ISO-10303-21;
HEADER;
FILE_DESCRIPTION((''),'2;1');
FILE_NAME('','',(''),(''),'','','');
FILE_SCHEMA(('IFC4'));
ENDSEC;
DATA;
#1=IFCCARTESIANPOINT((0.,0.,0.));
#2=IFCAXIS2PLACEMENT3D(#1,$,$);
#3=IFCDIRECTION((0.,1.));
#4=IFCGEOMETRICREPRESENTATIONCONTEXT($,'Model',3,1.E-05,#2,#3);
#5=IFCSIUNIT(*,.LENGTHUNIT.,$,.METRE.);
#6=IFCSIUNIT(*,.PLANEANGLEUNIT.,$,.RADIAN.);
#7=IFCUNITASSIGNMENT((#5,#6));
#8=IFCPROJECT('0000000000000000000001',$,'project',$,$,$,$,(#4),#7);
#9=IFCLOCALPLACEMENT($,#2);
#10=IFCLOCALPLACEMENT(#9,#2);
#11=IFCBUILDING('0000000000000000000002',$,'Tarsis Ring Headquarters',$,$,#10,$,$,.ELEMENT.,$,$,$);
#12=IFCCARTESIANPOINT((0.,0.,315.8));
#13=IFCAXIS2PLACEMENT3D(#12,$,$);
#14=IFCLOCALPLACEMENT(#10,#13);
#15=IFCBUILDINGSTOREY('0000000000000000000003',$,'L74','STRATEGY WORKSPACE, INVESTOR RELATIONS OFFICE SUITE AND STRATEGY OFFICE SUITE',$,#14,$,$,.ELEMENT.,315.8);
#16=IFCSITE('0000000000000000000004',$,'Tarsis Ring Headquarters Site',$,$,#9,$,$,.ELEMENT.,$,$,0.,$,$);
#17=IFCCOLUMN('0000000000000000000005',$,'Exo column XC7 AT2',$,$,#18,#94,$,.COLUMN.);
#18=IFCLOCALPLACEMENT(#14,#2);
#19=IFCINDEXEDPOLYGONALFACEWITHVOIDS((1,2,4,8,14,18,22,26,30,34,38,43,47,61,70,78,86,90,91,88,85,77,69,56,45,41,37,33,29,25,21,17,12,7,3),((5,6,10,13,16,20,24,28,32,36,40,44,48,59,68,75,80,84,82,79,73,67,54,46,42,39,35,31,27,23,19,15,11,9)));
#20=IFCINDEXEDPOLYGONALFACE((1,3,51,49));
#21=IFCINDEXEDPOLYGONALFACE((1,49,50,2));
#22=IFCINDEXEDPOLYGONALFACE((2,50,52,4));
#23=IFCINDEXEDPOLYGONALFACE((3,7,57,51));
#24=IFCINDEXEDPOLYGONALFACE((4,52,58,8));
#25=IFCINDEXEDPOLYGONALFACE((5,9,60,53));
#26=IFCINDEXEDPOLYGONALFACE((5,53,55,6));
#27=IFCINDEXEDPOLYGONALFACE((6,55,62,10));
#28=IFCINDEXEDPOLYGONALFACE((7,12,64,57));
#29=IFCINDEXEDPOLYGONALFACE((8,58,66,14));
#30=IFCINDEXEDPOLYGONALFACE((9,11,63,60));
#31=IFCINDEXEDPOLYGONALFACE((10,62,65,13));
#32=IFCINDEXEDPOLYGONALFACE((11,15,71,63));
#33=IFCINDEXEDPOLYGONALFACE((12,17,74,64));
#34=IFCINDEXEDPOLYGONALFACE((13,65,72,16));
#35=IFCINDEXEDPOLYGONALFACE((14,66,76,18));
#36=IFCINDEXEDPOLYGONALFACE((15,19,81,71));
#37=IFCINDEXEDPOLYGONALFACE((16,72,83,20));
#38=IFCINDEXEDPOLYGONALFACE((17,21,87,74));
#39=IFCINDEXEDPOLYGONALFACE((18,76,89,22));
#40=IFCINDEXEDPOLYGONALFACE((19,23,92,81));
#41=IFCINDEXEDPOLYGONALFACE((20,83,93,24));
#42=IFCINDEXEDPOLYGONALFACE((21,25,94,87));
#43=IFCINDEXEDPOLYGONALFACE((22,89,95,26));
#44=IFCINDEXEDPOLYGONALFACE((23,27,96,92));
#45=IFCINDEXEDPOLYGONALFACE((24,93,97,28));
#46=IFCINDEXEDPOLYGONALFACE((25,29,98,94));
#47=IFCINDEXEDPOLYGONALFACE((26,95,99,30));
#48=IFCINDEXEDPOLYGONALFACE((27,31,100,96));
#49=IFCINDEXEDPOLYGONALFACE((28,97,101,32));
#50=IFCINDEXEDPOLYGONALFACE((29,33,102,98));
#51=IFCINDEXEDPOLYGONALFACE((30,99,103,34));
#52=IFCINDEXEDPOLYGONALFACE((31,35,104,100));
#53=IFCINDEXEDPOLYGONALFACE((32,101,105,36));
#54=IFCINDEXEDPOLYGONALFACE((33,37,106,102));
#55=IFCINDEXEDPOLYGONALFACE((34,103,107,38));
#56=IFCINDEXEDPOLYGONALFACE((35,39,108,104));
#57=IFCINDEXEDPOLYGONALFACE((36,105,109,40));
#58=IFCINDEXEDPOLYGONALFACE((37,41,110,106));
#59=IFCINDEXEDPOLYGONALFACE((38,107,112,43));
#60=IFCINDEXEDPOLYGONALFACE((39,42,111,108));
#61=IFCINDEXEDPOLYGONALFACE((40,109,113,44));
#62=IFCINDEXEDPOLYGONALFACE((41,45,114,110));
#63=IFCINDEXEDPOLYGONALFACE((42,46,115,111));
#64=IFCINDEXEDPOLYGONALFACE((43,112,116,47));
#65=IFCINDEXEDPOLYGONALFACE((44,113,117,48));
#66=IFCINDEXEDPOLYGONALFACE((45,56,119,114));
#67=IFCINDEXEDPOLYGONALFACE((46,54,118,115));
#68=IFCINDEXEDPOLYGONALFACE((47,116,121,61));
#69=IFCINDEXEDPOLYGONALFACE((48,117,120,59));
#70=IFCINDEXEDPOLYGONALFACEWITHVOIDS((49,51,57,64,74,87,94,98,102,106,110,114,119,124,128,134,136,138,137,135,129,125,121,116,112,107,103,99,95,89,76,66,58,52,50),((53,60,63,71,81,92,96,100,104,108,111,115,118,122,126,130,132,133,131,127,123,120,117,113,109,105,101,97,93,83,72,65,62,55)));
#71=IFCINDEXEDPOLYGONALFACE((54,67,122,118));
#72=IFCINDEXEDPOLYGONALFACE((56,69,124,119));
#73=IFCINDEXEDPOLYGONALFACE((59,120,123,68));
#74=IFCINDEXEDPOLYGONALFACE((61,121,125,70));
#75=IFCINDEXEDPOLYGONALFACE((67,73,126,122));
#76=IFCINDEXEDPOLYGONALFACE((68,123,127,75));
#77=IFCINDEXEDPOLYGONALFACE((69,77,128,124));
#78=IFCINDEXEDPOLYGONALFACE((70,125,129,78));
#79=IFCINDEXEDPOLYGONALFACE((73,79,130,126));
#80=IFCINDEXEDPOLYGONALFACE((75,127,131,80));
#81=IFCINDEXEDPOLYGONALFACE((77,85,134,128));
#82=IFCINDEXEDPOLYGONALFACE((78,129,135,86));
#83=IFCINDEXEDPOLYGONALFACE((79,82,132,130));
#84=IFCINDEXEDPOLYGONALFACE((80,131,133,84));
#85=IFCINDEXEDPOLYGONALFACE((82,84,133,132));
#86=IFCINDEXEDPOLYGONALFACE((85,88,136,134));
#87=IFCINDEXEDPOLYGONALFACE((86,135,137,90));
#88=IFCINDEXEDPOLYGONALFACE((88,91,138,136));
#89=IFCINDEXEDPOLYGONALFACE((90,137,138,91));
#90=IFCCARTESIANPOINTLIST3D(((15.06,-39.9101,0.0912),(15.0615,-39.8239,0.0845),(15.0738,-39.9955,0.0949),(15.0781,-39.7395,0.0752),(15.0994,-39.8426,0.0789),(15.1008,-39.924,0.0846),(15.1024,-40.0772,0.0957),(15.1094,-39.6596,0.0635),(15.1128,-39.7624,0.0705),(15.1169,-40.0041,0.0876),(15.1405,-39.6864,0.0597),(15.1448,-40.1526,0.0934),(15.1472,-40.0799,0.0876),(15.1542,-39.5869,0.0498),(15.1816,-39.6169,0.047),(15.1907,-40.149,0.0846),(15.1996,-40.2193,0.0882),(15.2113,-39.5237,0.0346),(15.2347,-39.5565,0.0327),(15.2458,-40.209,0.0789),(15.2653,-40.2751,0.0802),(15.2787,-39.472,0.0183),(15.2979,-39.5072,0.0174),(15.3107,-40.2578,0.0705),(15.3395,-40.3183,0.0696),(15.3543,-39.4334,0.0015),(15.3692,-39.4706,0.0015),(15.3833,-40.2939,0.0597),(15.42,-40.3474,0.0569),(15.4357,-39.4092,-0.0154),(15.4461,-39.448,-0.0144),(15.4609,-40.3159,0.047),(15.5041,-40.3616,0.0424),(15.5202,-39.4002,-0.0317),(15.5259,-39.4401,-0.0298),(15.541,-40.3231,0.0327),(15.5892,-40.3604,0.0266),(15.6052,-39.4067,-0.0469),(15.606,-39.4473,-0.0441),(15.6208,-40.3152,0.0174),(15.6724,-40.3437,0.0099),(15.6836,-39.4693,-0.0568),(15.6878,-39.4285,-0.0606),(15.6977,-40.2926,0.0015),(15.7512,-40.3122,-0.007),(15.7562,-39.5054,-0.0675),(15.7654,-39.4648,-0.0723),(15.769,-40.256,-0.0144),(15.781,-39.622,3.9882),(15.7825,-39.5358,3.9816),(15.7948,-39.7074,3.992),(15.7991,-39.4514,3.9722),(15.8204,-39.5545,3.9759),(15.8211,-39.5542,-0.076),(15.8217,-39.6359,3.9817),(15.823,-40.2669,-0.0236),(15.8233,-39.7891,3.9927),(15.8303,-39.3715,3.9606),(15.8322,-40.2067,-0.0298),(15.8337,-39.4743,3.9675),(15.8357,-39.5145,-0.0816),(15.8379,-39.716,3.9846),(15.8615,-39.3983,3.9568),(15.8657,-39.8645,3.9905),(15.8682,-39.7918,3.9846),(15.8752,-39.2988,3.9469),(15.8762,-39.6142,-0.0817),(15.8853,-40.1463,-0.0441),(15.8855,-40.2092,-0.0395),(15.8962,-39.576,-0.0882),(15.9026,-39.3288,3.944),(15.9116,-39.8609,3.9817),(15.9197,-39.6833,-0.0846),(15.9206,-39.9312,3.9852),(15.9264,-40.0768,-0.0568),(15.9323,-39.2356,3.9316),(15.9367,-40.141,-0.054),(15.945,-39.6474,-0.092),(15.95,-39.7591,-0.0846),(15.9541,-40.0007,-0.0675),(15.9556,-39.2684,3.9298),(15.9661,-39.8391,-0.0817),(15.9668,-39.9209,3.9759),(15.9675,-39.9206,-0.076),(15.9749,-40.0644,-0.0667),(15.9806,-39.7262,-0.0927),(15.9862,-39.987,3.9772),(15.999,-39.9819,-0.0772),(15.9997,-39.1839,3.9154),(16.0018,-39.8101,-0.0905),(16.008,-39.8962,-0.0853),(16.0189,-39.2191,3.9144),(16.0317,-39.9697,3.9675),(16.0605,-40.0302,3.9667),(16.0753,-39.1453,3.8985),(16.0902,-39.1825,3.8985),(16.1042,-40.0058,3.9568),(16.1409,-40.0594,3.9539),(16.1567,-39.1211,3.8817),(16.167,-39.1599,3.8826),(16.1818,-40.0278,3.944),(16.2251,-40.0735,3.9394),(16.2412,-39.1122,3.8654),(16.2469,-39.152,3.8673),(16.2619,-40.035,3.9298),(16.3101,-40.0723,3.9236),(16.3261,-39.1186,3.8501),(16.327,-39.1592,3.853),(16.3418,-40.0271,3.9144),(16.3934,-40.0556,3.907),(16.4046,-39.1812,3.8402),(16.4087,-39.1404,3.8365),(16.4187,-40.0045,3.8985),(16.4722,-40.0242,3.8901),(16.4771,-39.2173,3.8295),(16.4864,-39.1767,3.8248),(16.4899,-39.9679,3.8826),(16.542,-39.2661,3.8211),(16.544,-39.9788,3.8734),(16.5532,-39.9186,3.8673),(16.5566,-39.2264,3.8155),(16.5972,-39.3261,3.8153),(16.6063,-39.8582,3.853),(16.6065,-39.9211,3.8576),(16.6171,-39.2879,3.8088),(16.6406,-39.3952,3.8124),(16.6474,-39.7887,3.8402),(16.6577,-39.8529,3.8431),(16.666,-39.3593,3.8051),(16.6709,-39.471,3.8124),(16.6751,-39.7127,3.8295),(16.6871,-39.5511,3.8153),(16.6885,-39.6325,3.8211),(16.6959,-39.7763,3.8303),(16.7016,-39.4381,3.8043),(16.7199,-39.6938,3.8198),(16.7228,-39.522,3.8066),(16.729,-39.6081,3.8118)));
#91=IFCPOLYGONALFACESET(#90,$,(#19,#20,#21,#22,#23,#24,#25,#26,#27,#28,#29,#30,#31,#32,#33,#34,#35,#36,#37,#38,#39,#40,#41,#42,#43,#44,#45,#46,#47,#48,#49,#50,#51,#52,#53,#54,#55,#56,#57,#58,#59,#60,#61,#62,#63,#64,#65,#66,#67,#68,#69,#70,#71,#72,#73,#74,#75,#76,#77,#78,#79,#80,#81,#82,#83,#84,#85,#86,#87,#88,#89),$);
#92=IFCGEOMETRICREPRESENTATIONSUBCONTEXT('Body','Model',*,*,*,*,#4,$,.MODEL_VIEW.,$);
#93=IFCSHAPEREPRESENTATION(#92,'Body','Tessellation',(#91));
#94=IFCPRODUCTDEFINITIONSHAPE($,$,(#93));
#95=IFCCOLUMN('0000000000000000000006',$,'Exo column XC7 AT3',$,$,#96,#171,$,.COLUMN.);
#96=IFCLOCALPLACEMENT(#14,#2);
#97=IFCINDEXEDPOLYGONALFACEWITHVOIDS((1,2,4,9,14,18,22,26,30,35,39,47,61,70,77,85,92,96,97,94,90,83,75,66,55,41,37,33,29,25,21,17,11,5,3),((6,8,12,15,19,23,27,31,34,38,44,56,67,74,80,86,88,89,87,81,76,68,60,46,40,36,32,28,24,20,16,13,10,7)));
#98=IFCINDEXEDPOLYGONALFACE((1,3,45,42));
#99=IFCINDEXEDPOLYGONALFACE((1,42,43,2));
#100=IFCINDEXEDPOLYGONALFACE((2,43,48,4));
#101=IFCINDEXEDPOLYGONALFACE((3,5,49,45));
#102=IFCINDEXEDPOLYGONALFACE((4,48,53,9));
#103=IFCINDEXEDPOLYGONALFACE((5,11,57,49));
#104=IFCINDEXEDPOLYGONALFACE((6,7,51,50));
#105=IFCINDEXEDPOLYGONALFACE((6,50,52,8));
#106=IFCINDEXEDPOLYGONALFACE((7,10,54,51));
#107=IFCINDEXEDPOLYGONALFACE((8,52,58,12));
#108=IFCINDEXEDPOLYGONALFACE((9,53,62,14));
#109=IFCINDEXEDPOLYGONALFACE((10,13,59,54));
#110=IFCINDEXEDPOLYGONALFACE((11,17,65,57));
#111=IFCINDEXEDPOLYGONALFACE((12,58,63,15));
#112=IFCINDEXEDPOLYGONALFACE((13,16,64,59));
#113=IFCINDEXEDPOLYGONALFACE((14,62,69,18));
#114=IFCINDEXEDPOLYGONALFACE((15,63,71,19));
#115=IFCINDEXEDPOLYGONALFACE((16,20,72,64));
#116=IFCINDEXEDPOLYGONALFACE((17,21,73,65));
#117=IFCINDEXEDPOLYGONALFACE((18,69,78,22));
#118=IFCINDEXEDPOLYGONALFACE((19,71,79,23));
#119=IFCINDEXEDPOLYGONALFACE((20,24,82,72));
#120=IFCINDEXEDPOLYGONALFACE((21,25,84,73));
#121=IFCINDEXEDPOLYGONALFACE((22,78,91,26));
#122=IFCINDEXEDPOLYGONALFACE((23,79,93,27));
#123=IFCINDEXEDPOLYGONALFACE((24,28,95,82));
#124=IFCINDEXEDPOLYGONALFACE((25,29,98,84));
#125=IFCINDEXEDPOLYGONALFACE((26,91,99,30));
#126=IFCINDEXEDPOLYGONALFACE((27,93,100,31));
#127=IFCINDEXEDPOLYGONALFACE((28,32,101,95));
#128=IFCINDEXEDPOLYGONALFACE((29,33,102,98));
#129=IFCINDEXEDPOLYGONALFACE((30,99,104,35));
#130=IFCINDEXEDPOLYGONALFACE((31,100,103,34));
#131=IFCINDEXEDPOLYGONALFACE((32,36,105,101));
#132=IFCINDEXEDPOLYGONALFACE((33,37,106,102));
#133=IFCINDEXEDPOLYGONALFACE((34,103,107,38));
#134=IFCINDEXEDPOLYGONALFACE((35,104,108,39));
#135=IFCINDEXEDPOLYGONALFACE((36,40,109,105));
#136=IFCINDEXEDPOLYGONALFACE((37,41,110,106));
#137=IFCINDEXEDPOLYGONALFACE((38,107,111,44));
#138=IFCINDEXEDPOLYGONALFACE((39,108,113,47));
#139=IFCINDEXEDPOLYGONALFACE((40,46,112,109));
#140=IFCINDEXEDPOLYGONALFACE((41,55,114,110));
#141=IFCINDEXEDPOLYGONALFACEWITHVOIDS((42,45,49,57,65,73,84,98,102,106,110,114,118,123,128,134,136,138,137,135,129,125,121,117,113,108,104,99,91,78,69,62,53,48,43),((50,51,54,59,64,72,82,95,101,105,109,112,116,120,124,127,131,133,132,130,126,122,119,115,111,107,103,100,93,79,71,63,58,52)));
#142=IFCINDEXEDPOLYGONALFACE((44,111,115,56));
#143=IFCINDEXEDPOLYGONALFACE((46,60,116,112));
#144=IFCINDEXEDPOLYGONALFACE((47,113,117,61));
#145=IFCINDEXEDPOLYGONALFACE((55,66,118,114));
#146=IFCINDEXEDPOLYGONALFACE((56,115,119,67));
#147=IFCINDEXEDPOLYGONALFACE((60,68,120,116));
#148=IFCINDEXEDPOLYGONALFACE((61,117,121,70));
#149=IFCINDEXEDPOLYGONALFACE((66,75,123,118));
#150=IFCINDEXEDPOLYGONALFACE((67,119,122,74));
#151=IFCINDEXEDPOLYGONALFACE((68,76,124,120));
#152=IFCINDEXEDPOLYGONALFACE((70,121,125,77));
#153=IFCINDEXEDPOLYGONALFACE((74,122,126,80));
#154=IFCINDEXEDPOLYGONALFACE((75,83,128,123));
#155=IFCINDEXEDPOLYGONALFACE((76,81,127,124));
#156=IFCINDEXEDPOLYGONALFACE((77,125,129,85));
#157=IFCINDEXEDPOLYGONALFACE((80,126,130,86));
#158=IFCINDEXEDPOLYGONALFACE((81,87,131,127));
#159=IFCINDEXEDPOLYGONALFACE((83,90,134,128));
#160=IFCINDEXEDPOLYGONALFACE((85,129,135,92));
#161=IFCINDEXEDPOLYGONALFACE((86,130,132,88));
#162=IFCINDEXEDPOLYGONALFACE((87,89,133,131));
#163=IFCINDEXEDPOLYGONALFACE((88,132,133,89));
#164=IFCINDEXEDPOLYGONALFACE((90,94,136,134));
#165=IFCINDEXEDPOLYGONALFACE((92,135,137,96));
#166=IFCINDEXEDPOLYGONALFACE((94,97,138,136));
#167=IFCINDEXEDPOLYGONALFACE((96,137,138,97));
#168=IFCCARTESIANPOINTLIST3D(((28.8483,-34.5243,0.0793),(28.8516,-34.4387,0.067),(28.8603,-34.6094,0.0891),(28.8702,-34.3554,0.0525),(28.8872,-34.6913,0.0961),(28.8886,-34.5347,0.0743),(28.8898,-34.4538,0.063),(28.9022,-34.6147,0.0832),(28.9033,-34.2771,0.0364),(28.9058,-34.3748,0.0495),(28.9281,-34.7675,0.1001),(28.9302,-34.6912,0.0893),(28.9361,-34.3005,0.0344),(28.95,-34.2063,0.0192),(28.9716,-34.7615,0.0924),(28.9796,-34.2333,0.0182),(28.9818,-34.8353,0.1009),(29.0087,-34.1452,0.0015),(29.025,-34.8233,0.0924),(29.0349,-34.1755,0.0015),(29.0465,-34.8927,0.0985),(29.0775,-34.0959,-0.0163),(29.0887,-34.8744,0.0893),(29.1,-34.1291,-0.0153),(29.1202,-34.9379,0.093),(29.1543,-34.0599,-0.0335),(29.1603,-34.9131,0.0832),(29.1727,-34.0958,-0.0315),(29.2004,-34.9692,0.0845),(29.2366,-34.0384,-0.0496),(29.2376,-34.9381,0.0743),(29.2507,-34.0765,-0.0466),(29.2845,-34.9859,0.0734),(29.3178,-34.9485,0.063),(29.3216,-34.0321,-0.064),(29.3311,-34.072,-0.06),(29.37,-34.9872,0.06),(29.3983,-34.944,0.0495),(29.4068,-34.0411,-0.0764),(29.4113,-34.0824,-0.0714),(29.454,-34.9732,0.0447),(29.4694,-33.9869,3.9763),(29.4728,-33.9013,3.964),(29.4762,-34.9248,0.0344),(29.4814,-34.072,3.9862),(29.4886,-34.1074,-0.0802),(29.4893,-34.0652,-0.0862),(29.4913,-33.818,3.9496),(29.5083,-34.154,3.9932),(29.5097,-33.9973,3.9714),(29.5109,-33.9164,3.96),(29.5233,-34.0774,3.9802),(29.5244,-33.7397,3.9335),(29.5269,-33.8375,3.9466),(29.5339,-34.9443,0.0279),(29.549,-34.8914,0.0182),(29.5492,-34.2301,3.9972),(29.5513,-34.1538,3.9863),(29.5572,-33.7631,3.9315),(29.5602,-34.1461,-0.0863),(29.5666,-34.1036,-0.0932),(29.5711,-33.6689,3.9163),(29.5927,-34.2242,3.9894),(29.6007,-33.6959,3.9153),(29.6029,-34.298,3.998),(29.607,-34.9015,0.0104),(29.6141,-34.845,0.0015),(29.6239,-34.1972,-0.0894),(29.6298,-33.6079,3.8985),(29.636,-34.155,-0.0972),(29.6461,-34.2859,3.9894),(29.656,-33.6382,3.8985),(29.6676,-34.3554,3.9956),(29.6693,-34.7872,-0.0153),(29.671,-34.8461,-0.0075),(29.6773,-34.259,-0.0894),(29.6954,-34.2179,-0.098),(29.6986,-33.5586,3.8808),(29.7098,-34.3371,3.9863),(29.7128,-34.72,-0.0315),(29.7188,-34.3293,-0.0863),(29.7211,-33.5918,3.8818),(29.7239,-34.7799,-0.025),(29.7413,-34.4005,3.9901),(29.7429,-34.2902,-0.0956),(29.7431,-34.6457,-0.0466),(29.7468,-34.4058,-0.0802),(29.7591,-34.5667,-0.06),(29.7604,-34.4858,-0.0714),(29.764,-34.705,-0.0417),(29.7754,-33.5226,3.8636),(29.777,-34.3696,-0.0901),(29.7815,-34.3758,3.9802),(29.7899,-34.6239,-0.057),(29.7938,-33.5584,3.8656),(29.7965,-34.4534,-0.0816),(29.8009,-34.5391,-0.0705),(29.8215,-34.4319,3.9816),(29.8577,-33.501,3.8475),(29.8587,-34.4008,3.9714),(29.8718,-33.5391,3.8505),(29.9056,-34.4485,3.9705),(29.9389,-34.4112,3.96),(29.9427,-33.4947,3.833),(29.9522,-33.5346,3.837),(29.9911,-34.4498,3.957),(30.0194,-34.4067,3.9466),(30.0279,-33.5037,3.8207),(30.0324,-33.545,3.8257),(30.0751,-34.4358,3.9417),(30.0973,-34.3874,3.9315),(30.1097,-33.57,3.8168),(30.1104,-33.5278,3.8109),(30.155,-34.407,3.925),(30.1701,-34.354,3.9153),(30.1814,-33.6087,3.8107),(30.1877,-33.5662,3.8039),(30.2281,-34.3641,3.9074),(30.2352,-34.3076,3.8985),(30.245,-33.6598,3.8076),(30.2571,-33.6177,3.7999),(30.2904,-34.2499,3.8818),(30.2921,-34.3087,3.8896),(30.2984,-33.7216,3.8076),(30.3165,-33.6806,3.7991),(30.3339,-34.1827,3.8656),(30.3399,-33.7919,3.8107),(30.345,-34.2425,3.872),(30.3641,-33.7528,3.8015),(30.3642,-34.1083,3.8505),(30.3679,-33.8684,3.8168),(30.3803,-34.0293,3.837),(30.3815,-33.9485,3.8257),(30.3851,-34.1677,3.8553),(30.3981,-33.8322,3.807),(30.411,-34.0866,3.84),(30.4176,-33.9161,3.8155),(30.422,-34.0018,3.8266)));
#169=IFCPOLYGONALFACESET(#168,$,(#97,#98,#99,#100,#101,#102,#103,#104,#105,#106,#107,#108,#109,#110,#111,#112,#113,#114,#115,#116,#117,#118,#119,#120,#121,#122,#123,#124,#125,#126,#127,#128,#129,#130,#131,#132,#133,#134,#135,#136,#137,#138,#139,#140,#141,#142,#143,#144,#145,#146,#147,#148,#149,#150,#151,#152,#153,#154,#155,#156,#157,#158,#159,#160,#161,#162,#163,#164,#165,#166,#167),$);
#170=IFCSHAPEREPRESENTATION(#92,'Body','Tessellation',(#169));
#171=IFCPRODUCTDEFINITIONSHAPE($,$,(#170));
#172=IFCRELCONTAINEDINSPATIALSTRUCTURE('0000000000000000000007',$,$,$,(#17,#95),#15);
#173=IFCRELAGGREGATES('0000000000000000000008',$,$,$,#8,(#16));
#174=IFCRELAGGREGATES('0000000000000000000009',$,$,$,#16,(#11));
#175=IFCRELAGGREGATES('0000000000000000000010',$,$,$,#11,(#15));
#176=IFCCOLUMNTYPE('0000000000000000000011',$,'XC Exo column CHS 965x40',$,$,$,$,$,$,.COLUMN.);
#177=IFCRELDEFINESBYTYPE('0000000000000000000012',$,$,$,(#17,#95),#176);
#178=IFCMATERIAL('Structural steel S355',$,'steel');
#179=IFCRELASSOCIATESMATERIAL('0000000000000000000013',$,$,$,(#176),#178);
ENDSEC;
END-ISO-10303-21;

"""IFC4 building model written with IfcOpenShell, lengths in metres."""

from ifc_helpers import new_model, si_unit, direction, frame, origin, origin_2d, place, context, subcontext, project, spatial, hollow_circle, extrude, material, material_profile, profile_set, type_object, element, save


model = new_model("IFC4")

# Units and contexts
model_context = context("Model", 3, precision=1e-05, world=origin(), true_north=direction((0.0, 1.0)))
body_context = subcontext(model_context, "Body", "Model", "MODEL_VIEW")
ifc_project = project(units=[si_unit("LENGTHUNIT", "METRE"), si_unit("PLANEANGLEUNIT", "RADIAN")], contexts=[model_context])

# Site, building, storey
site_placement = place(None, origin())
site = spatial("IfcSite", under=ifc_project, at=site_placement, Name="Tarsis Ring Headquarters Site", CompositionType="ELEMENT", RefElevation=0.0)
building_placement = place(site_placement, origin())
building = spatial("IfcBuilding", under=site, at=building_placement, Name="Tarsis Ring Headquarters", CompositionType="ELEMENT")
storey_placement = place(building_placement, frame((0.0, 0.0, 315.8)))
storey = spatial("IfcBuildingStorey", under=building, at=storey_placement, Name="L74", Description="STRATEGY WORKSPACE, INVESTOR RELATIONS OFFICE SUITE AND STRATEGY OFFICE SUITE", CompositionType="ELEMENT", Elevation=315.8)

# Columns
ifc_material_1 = material(Name="Structural steel S355", Category="steel")
ifc_material_profile_1 = material_profile(ifc_material_1, hollow_circle(Radius=0.4827, WallThickness=0.04, at=origin_2d()), Name="CHS 965x40")
ifc_profile_set_1 = profile_set([ifc_material_profile_1], Name="Structural steel S355")
column_type = type_object("IfcColumnType", Name="XC Exo column CHS 965x40", PredefinedType="COLUMN", material=ifc_profile_set_1)
column_1_placement = place(storey_placement, frame((15.5334, -39.8816, 0.0015), z_axis=(0.181436, 0.072501, 0.980727), x_axis=(-0.371065, 0.928607, 0.0)))
element("IfcColumn", 1, at=column_1_placement, inside=storey, type_object=column_type, Name="Exo column XC7 AT2", PredefinedType="COLUMN", context=body_context, shape_type="SweptSolid", body=[
    extrude(hollow_circle(Radius=0.4827, WallThickness=0.04, at=origin_2d()), origin(), (0.0, 0.0, 1.0), 3.9736),
])
column_2_placement = place(storey_placement, frame((29.3245, -34.5103, 0.0015), z_axis=(0.155953, 0.134926, 0.978506), x_axis=(-0.654285, 0.756248, 0.0)))
element("IfcColumn", 2, at=column_2_placement, inside=storey, type_object=column_type, Name="Exo column XC7 AT3", PredefinedType="COLUMN", context=body_context, shape_type="SweptSolid", body=[
    extrude(hollow_circle(Radius=0.4827, WallThickness=0.04, at=origin_2d()), origin(), (0.0, 0.0, 1.0), 3.9827),
])

save(model, "model.ifc")
